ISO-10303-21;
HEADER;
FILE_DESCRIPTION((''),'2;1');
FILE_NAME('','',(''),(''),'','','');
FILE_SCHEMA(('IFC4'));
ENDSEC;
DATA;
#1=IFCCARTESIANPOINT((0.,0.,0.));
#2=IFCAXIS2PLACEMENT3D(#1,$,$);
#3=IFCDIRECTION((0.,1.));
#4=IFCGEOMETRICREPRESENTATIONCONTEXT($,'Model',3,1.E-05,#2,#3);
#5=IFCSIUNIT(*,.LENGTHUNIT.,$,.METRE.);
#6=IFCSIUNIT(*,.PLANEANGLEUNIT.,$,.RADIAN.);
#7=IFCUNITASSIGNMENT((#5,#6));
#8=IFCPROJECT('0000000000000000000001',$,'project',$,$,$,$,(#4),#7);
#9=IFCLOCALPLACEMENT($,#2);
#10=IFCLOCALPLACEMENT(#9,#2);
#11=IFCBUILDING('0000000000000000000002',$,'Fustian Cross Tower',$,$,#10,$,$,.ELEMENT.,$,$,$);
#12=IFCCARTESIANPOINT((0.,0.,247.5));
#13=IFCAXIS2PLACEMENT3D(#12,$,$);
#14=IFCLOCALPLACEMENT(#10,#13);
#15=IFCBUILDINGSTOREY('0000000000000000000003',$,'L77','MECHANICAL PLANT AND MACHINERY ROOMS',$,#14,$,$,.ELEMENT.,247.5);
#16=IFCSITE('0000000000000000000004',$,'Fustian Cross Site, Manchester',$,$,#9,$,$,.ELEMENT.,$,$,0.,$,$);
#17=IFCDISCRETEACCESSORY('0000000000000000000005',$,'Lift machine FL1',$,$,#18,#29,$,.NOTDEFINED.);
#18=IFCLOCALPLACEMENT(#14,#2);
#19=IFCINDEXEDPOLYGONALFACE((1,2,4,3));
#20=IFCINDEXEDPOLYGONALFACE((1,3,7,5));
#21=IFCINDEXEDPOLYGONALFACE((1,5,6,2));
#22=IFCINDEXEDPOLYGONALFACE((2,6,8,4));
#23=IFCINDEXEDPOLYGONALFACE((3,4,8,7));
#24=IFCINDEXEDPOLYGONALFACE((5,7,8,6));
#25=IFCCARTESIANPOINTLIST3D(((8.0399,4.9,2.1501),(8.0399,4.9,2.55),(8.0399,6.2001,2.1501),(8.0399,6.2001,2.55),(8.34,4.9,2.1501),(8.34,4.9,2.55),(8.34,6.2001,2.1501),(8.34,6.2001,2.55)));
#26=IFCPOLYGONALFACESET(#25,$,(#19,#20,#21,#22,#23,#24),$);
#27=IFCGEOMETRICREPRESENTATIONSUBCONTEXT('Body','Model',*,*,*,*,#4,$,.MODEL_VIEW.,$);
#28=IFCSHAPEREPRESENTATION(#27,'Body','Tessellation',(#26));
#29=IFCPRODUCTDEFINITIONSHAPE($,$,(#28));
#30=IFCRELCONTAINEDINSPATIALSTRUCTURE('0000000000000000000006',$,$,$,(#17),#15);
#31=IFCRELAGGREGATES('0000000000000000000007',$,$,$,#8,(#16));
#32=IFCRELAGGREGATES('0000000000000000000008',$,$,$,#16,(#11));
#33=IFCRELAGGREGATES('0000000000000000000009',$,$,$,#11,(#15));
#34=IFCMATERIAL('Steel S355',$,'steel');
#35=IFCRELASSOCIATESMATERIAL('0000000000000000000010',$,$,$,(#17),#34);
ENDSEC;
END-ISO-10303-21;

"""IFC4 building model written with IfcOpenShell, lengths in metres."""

from ifc_helpers import new_model, si_unit, direction, frame, origin, origin_2d, place, context, subcontext, project, spatial, rectangle, extrude, material, element, save


model = new_model("IFC4")

# Units and contexts
model_context = context("Model", 3, precision=1e-05, world=origin(), true_north=direction((0.0, 1.0)))
body_context = subcontext(model_context, "Body", "Model", "MODEL_VIEW")
ifc_project = project(units=[si_unit("LENGTHUNIT", "METRE"), si_unit("PLANEANGLEUNIT", "RADIAN")], contexts=[model_context])

# Site, building, storey
site_placement = place(None, origin())
site = spatial("IfcSite", under=ifc_project, at=site_placement, Name="Fustian Cross Site, Manchester", CompositionType="ELEMENT", RefElevation=0.0)
building_placement = place(site_placement, origin())
building = spatial("IfcBuilding", under=site, at=building_placement, Name="Fustian Cross Tower", CompositionType="ELEMENT")
storey_placement = place(building_placement, frame((0.0, 0.0, 247.5)))
storey = spatial("IfcBuildingStorey", under=building, at=storey_placement, Name="L77", Description="MECHANICAL PLANT AND MACHINERY ROOMS", CompositionType="ELEMENT", Elevation=247.5)

# Discrete accessory
ifc_material_1 = material(Name="Steel S355", Category="steel")
discrete_accessory_placement = place(storey_placement, frame((8.1899, 5.55, 2.1501), z_axis=(0.0, 0.0, 1.0), x_axis=(1.0, 0.0, 0.0)))
element("IfcDiscreteAccessory", 1, at=discrete_accessory_placement, inside=storey, material=ifc_material_1, Name="Lift machine FL1", PredefinedType="NOTDEFINED", context=body_context, shape_type="SweptSolid", body=[
    extrude(rectangle(XDim=0.3, YDim=1.3, at=origin_2d()), origin(), (0.0, 0.0, 1.0), 0.3999),
])

save(model, "model.ifc")
